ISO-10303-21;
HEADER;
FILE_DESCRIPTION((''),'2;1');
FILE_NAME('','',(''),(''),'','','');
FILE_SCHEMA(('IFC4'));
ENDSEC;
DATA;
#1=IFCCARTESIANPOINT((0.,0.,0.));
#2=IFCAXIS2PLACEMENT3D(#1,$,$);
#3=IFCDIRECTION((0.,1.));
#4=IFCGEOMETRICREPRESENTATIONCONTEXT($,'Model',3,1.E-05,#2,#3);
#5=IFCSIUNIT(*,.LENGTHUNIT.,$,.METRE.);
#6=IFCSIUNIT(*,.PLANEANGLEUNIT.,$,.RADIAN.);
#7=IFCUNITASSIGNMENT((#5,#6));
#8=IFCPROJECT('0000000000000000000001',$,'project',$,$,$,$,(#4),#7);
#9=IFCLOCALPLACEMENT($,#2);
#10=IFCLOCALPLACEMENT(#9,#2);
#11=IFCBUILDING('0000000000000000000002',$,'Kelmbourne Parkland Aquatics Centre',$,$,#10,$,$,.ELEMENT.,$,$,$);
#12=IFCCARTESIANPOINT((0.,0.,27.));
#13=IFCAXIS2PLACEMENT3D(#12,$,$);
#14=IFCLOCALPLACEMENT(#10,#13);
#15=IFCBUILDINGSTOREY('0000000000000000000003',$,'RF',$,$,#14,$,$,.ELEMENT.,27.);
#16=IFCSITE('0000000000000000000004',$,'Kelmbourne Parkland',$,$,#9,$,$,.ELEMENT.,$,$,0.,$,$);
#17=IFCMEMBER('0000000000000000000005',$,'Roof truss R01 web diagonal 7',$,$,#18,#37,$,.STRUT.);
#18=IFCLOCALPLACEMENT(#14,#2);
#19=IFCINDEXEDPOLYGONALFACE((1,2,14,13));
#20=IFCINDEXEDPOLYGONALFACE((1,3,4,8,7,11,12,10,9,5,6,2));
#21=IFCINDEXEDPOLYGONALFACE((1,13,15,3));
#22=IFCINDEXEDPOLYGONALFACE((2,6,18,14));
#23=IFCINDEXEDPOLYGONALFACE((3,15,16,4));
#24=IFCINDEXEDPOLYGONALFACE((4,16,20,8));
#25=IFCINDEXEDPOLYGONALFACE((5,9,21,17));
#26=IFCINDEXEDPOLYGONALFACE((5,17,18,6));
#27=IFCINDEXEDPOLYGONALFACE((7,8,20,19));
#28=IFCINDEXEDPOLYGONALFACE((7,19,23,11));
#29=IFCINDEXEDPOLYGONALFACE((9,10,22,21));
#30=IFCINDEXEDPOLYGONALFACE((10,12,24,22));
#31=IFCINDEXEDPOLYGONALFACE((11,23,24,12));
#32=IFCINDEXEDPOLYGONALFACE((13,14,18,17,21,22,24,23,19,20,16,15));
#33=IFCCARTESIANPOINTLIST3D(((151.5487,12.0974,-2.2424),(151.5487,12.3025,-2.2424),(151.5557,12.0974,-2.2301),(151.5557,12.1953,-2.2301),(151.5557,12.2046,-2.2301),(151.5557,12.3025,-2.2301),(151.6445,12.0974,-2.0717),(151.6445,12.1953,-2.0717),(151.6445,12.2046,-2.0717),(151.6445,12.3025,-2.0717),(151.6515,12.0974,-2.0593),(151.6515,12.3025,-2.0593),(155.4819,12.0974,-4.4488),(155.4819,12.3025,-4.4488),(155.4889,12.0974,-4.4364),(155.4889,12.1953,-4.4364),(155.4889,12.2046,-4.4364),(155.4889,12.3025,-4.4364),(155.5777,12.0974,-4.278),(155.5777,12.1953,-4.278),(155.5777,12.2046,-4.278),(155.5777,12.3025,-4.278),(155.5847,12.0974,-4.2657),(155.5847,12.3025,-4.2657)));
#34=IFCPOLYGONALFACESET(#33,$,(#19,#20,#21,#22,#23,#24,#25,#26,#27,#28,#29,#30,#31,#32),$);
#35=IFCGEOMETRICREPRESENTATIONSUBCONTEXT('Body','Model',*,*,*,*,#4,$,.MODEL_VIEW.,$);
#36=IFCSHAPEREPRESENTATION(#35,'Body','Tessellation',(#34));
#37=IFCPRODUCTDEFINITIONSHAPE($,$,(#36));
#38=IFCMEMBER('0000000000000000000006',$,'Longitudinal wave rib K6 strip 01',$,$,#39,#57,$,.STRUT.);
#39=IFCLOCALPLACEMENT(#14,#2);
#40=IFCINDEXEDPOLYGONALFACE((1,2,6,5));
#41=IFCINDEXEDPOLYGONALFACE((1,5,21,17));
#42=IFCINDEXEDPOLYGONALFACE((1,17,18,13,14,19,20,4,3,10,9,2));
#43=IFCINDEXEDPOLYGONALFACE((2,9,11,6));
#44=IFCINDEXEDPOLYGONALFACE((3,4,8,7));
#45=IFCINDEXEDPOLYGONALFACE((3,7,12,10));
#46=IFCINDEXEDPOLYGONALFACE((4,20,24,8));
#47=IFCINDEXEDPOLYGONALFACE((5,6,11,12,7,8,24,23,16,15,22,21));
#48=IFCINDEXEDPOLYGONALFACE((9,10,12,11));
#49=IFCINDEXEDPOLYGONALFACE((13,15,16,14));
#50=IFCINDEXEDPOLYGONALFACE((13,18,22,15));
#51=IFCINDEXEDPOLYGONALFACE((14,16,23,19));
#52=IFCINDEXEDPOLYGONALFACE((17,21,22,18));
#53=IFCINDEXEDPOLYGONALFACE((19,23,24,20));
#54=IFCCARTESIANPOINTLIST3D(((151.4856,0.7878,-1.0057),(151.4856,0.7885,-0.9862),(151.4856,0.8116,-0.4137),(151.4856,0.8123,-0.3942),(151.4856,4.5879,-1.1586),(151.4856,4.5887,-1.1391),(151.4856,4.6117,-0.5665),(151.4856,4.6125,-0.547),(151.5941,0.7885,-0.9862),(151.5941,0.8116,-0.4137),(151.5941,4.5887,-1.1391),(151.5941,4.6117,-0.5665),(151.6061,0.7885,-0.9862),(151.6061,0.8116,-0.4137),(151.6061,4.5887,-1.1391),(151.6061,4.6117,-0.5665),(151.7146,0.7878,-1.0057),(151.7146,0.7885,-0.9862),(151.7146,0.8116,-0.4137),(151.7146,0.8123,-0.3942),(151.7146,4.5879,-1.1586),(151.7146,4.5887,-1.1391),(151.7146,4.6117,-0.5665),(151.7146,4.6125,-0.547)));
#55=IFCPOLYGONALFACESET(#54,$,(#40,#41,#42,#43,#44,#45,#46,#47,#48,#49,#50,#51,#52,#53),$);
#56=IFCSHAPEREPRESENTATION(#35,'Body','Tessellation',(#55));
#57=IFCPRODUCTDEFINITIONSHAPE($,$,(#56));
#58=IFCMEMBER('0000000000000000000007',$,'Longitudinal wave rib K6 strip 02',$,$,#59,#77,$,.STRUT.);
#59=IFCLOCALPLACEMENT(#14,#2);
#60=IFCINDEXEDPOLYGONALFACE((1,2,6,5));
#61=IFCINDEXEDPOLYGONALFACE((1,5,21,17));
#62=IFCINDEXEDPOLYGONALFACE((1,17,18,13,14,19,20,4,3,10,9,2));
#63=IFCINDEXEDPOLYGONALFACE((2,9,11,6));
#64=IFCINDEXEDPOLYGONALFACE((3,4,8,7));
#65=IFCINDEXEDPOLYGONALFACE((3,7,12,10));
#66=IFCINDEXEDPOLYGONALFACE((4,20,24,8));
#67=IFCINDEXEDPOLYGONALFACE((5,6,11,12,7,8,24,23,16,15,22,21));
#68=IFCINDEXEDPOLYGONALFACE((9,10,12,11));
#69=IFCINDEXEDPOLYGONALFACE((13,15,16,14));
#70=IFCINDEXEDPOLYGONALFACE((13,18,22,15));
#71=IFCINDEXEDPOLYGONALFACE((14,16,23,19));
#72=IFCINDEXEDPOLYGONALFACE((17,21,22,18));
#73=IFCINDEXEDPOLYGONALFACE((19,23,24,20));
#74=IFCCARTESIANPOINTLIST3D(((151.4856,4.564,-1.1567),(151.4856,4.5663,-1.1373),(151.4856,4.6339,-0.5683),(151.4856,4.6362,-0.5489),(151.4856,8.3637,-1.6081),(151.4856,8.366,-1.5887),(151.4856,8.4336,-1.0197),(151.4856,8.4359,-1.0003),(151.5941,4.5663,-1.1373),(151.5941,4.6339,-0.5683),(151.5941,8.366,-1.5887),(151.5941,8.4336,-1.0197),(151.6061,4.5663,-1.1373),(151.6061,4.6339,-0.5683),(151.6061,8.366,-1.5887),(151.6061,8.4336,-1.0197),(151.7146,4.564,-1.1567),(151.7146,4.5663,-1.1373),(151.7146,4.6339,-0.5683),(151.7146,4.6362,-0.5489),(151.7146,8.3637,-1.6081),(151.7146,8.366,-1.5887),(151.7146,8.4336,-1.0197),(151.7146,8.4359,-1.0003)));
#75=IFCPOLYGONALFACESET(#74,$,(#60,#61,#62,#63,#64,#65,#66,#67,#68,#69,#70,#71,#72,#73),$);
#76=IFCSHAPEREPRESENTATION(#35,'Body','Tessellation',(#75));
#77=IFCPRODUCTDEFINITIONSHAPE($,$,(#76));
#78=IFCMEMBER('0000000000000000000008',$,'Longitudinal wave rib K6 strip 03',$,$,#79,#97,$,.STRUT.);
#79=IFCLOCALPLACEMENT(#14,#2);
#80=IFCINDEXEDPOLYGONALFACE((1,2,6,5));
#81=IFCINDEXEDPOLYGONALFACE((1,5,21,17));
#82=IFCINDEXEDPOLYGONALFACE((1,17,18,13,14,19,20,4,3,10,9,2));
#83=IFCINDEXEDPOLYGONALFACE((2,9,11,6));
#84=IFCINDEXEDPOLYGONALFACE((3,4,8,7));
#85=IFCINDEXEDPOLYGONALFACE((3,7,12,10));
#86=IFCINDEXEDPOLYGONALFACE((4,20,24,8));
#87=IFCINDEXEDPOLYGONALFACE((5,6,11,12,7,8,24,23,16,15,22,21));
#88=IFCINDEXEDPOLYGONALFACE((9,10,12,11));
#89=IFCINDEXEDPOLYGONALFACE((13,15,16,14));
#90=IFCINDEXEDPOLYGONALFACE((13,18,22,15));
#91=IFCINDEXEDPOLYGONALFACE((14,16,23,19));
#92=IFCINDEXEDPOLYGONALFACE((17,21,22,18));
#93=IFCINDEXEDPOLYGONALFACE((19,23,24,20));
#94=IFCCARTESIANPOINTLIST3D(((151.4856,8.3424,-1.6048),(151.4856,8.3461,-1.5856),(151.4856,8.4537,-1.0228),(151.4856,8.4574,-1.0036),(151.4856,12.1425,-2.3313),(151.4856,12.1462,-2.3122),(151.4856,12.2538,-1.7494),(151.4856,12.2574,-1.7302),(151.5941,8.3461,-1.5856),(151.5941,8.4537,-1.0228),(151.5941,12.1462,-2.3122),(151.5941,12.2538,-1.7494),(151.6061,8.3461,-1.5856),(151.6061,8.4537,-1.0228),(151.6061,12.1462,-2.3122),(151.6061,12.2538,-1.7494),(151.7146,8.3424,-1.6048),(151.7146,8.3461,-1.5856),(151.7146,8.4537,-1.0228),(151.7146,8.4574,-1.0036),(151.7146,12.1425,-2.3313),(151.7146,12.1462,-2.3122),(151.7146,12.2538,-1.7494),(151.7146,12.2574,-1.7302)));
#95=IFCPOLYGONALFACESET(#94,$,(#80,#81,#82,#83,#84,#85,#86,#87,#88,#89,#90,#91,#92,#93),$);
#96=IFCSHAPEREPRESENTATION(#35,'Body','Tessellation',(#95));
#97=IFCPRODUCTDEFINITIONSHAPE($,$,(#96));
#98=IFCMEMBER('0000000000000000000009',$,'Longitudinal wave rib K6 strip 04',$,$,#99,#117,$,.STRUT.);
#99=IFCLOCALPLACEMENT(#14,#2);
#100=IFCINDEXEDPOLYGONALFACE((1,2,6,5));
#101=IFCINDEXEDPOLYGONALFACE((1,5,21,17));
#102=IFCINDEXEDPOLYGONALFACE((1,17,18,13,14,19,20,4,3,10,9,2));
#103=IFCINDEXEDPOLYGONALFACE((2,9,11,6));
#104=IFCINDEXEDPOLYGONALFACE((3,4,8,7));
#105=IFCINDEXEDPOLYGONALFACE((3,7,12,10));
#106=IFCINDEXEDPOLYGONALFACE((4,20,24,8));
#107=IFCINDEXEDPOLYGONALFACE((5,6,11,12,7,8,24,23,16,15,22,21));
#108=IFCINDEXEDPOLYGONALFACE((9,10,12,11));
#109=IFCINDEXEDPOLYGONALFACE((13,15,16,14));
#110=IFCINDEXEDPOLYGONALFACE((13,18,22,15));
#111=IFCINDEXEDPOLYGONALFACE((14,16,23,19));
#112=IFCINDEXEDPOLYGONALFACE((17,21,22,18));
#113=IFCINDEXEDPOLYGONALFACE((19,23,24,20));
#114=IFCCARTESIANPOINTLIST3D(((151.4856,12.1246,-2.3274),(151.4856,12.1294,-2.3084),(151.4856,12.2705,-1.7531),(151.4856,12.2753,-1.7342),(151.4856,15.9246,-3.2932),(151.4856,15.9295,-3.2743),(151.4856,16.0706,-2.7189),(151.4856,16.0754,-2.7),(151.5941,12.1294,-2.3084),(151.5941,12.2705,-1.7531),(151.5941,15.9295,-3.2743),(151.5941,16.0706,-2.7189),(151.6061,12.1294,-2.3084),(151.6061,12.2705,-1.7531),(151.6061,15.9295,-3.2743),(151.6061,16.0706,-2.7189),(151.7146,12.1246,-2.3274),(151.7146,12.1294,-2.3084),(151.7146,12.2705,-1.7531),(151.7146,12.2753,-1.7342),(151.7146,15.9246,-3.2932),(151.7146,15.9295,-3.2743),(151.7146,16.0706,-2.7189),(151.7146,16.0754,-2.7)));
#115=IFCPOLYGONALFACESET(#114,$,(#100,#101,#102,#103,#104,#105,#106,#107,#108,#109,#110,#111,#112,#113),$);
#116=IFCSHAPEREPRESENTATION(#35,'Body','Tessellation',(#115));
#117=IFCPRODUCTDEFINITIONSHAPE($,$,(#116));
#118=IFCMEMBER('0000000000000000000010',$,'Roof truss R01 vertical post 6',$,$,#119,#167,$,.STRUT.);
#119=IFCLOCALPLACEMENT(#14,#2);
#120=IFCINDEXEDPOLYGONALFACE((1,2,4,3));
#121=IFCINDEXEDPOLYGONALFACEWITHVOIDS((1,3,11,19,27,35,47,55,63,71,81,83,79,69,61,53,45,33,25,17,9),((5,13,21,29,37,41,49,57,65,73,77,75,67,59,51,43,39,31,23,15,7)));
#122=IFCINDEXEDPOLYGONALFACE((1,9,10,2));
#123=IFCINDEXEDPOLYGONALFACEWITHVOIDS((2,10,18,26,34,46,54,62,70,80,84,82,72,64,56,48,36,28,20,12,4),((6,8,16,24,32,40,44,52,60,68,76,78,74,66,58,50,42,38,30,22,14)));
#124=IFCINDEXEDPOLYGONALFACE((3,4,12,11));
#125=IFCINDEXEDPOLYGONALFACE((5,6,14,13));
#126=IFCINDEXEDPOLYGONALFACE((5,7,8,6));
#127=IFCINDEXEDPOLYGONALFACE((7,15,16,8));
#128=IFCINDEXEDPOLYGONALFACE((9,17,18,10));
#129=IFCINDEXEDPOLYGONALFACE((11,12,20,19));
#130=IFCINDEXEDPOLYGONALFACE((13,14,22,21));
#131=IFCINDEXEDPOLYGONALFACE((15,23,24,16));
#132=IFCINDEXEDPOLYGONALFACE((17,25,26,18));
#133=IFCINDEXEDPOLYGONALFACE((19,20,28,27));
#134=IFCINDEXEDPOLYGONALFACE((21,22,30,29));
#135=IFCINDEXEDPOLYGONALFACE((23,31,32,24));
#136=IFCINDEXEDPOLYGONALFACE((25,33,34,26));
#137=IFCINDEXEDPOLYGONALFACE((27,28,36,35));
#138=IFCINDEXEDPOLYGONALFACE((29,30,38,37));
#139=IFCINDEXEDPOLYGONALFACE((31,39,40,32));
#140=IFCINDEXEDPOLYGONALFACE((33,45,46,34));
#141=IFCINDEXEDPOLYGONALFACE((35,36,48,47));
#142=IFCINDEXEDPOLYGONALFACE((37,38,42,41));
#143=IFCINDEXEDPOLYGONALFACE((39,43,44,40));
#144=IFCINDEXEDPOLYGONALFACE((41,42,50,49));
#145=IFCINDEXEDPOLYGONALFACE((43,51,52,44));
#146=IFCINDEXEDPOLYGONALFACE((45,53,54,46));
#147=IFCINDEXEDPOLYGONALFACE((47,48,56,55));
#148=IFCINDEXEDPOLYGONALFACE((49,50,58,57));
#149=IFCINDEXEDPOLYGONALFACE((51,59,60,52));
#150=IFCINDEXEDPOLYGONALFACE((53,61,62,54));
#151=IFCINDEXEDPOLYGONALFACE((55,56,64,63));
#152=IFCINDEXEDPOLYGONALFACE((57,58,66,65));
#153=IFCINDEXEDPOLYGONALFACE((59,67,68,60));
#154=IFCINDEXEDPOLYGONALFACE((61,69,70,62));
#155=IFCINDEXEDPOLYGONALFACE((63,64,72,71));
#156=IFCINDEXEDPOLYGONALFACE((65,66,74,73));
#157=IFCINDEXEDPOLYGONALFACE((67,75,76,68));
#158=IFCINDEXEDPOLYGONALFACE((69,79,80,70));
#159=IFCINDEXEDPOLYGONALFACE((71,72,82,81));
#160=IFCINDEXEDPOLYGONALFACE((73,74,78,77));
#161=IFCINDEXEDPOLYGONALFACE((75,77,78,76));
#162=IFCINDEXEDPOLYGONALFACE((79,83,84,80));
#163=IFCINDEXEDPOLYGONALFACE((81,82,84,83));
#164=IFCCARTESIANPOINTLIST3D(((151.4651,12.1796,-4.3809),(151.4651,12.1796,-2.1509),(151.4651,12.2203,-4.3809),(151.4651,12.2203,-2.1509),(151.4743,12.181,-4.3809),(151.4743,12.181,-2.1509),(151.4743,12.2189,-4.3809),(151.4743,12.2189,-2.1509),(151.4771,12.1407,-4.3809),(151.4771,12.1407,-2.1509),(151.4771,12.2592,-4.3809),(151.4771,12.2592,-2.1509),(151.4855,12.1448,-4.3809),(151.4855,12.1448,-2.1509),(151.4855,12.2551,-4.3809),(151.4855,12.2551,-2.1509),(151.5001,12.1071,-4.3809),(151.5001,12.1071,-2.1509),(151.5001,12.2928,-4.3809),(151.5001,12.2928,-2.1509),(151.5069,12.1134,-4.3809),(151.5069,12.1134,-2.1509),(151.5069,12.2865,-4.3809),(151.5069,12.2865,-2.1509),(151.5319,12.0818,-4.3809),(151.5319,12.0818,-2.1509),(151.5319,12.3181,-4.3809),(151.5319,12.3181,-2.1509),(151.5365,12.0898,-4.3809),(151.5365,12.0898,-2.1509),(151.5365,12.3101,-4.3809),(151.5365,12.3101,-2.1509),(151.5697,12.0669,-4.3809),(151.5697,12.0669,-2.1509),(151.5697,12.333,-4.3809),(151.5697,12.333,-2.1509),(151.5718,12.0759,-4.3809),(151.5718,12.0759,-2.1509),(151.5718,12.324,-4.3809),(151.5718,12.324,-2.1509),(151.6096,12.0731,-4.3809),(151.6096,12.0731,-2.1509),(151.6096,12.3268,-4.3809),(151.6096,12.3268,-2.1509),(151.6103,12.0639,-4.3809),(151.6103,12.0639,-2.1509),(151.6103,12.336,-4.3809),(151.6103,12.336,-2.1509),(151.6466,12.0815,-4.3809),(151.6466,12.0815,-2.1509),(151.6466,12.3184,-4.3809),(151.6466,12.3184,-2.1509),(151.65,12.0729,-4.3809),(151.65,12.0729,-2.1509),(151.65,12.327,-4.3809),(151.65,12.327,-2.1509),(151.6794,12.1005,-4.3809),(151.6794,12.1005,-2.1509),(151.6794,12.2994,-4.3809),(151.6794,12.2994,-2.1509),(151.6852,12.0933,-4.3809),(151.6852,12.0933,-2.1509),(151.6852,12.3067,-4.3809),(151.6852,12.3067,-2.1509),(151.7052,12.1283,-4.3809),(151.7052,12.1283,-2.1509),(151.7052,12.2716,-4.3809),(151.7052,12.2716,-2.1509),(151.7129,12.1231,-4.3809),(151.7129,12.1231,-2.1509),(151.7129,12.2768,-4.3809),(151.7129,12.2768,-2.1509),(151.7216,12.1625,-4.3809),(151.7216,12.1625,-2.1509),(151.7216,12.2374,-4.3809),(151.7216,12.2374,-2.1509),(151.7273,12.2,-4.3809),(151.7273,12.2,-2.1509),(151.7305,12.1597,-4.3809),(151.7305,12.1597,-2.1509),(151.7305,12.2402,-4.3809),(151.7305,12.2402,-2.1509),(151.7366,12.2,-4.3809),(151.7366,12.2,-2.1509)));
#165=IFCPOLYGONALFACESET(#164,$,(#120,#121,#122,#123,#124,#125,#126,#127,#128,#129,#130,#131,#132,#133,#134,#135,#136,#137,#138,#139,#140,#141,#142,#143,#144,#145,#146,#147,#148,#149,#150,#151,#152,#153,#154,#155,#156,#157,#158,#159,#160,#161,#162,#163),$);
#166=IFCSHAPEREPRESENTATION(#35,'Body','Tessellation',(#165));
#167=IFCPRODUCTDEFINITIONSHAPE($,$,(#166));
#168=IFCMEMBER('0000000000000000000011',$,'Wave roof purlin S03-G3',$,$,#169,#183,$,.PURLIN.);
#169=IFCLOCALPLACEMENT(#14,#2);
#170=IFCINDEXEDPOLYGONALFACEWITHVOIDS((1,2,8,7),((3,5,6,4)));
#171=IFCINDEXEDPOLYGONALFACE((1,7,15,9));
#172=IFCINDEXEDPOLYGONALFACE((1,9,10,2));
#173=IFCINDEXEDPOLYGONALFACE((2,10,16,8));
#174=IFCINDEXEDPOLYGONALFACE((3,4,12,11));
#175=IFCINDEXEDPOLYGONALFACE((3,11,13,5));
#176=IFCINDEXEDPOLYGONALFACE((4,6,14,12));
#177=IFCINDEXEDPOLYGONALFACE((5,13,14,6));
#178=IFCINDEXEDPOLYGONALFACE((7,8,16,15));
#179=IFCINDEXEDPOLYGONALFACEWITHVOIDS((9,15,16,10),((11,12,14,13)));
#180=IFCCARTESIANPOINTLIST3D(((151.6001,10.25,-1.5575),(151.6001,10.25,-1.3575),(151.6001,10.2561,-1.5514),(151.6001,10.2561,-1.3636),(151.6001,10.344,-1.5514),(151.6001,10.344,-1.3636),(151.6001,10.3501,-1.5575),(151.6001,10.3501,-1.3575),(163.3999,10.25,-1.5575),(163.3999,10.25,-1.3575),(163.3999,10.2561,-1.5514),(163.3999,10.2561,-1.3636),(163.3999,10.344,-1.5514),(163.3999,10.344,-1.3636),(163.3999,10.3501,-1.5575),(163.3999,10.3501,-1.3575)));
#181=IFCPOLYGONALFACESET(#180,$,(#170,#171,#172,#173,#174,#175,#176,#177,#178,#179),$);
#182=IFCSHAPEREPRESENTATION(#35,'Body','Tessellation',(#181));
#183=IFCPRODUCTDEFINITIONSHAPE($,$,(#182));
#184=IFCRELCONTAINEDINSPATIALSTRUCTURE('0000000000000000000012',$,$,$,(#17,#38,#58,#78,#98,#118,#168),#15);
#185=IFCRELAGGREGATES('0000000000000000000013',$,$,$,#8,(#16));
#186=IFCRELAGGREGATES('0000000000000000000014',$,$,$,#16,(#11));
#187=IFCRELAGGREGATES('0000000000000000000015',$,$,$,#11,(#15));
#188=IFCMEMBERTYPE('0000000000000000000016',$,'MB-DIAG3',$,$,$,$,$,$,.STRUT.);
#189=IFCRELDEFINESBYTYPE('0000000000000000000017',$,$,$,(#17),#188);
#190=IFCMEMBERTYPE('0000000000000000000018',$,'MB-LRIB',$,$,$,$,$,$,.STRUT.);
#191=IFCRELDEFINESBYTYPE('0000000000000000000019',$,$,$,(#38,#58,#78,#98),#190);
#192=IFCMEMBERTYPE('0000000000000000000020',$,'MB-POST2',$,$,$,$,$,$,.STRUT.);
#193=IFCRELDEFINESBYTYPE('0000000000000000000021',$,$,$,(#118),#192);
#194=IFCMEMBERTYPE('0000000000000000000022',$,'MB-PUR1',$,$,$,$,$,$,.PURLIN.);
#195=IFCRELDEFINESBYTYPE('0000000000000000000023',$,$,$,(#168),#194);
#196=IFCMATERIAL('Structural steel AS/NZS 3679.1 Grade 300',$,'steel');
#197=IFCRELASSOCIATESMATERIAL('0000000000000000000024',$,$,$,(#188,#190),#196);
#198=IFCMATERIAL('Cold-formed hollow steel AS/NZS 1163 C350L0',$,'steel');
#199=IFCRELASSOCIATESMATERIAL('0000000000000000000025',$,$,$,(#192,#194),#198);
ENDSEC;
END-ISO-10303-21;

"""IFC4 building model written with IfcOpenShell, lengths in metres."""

from ifc_helpers import new_model, si_unit, direction, frame, origin, origin_2d, place, context, subcontext, project, spatial, hollow_rectangle, hollow_circle, i_section, extrude, material, material_profile, profile_set, type_object, element, save


model = new_model("IFC4")

# Units and contexts
model_context = context("Model", 3, precision=1e-05, world=origin(), true_north=direction((0.0, 1.0)))
body_context = subcontext(model_context, "Body", "Model", "MODEL_VIEW")
ifc_project = project(units=[si_unit("LENGTHUNIT", "METRE"), si_unit("PLANEANGLEUNIT", "RADIAN")], contexts=[model_context])

# Site, building, storey
site_placement = place(None, origin())
site = spatial("IfcSite", under=ifc_project, at=site_placement, Name="Kelmbourne Parkland", CompositionType="ELEMENT", RefElevation=0.0)
building_placement = place(site_placement, origin())
building = spatial("IfcBuilding", under=site, at=building_placement, Name="Kelmbourne Parkland Aquatics Centre", CompositionType="ELEMENT")
storey_placement = place(building_placement, frame((0.0, 0.0, 27.0)))
storey = spatial("IfcBuildingStorey", under=building, at=storey_placement, Name="RF", CompositionType="ELEMENT", Elevation=27.0)

# Members
ifc_material_1 = material(Name="Structural steel AS/NZS 3679.1 Grade 300", Category="steel")
ifc_material_profile_1 = material_profile(ifc_material_1, i_section(OverallWidth=0.2051, OverallDepth=0.21, WebThickness=0.0093, FlangeThickness=0.0142, at=origin_2d()), Name="200UC59.5")
ifc_profile_set_1 = profile_set([ifc_material_profile_1], Name="Structural steel AS/NZS 3679.1 Grade 300")
member_type_1 = type_object("IfcMemberType", Name="MB-DIAG3", PredefinedType="STRUT", material=ifc_profile_set_1)
member_1_placement = place(storey_placement, frame((151.6001, 12.2, -2.1509), z_axis=(0.87215, 0.0, -0.489238), x_axis=(0.0, 1.0, 0.0)))
element("IfcMember", 1, at=member_1_placement, inside=storey, type_object=member_type_1, Name="Roof truss R01 web diagonal 7", PredefinedType="STRUT", context=body_context, shape_type="SweptSolid", body=[
    extrude(i_section(OverallWidth=0.2051, OverallDepth=0.21, WebThickness=0.0093, FlangeThickness=0.0142, at=origin_2d()), origin(), (0.0, 0.0, 1.0), 4.5098),
])
ifc_material_profile_2 = material_profile(ifc_material_1, i_section(OverallWidth=0.229, OverallDepth=0.6121, WebThickness=0.012, FlangeThickness=0.0195, at=origin_2d()), Name="610UB125")
ifc_profile_set_2 = profile_set([ifc_material_profile_2], Name="Structural steel AS/NZS 3679.1 Grade 300")
member_type_2 = type_object("IfcMemberType", Name="MB-LRIB", PredefinedType="STRUT", material=ifc_profile_set_2)
member_2_placement = place(storey_placement, frame((151.6001, 0.8, -0.7), z_axis=(0.0, 0.999192, -0.040186), x_axis=(-1.0, 0.0, 0.0)))
element("IfcMember", 2, at=member_2_placement, inside=storey, type_object=member_type_2, Name="Longitudinal wave rib K6 strip 01", PredefinedType="STRUT", context=body_context, shape_type="SweptSolid", body=[
    extrude(i_section(OverallWidth=0.229, OverallDepth=0.6121, WebThickness=0.012, FlangeThickness=0.0195, at=origin_2d()), origin(), (0.0, 0.0, 1.0), 3.8032),
])
member_3_placement = place(storey_placement, frame((151.6001, 4.6001, -0.8528), z_axis=(0.0, 0.993017, -0.11797), x_axis=(-1.0, 0.0, 0.0)))
element("IfcMember", 3, at=member_3_placement, inside=storey, type_object=member_type_2, Name="Longitudinal wave rib K6 strip 02", PredefinedType="STRUT", context=body_context, shape_type="SweptSolid", body=[
    extrude(i_section(OverallWidth=0.229, OverallDepth=0.6121, WebThickness=0.012, FlangeThickness=0.0195, at=origin_2d()), origin(), (0.0, 0.0, 1.0), 3.8264),
])
member_4_placement = place(storey_placement, frame((151.6001, 8.3999, -1.3042), z_axis=(0.0, 0.982208, -0.187796), x_axis=(-1.0, 0.0, 0.0)))
element("IfcMember", 4, at=member_4_placement, inside=storey, type_object=member_type_2, Name="Longitudinal wave rib K6 strip 03", PredefinedType="STRUT", context=body_context, shape_type="SweptSolid", body=[
    extrude(i_section(OverallWidth=0.229, OverallDepth=0.6121, WebThickness=0.012, FlangeThickness=0.0195, at=origin_2d()), origin(), (0.0, 0.0, 1.0), 3.8689),
])
member_5_placement = place(storey_placement, frame((151.6001, 12.2, -2.0308), z_axis=(0.0, 0.969186, -0.246328), x_axis=(-1.0, 0.0, 0.0)))
element("IfcMember", 5, at=member_5_placement, inside=storey, type_object=member_type_2, Name="Longitudinal wave rib K6 strip 04", PredefinedType="STRUT", context=body_context, shape_type="SweptSolid", body=[
    extrude(i_section(OverallWidth=0.229, OverallDepth=0.6121, WebThickness=0.012, FlangeThickness=0.0195, at=origin_2d()), origin(), (0.0, 0.0, 1.0), 3.9209),
])
ifc_material_2 = material(Name="Cold-formed hollow steel AS/NZS 1163 C350L0", Category="steel")
ifc_material_profile_3 = material_profile(ifc_material_2, hollow_circle(Radius=0.1365, WallThickness=0.0093, at=origin_2d()), Name="CHS 273.1x9.3")
ifc_profile_set_3 = profile_set([ifc_material_profile_3], Name="Cold-formed hollow steel AS/NZS 1163 C350L0")
member_type_3 = type_object("IfcMemberType", Name="MB-POST2", PredefinedType="STRUT", material=ifc_profile_set_3)
member_6_placement = place(storey_placement, frame((151.6001, 12.2, -4.3809), z_axis=(0.0, 0.0, 1.0), x_axis=(1.0, 0.0, 0.0)))
element("IfcMember", 6, at=member_6_placement, inside=storey, type_object=member_type_3, Name="Roof truss R01 vertical post 6", PredefinedType="STRUT", context=body_context, shape_type="SweptSolid", body=[
    extrude(hollow_circle(Radius=0.1365, WallThickness=0.0093, at=origin_2d()), origin(), (0.0, 0.0, 1.0), 2.23),
])
ifc_material_profile_4 = material_profile(ifc_material_2, hollow_rectangle(XDim=0.1001, YDim=0.2, WallThickness=0.0061, at=origin_2d()), Name="RHS 200x100x6.0")
ifc_profile_set_4 = profile_set([ifc_material_profile_4], Name="Cold-formed hollow steel AS/NZS 1163 C350L0")
member_type_4 = type_object("IfcMemberType", Name="MB-PUR1", PredefinedType="PURLIN", material=ifc_profile_set_4)
member_7_placement = place(storey_placement, frame((151.6001, 10.3, -1.4575), z_axis=(1.0, 0.0, 0.0), x_axis=(0.0, 1.0, 0.0)))
element("IfcMember", 7, at=member_7_placement, inside=storey, type_object=member_type_4, Name="Wave roof purlin S03-G3", PredefinedType="PURLIN", context=body_context, shape_type="SweptSolid", body=[
    extrude(hollow_rectangle(XDim=0.1001, YDim=0.2, WallThickness=0.0061, at=origin_2d()), origin(), (0.0, 0.0, 1.0), 11.7998),
])

save(model, "model.ifc")
